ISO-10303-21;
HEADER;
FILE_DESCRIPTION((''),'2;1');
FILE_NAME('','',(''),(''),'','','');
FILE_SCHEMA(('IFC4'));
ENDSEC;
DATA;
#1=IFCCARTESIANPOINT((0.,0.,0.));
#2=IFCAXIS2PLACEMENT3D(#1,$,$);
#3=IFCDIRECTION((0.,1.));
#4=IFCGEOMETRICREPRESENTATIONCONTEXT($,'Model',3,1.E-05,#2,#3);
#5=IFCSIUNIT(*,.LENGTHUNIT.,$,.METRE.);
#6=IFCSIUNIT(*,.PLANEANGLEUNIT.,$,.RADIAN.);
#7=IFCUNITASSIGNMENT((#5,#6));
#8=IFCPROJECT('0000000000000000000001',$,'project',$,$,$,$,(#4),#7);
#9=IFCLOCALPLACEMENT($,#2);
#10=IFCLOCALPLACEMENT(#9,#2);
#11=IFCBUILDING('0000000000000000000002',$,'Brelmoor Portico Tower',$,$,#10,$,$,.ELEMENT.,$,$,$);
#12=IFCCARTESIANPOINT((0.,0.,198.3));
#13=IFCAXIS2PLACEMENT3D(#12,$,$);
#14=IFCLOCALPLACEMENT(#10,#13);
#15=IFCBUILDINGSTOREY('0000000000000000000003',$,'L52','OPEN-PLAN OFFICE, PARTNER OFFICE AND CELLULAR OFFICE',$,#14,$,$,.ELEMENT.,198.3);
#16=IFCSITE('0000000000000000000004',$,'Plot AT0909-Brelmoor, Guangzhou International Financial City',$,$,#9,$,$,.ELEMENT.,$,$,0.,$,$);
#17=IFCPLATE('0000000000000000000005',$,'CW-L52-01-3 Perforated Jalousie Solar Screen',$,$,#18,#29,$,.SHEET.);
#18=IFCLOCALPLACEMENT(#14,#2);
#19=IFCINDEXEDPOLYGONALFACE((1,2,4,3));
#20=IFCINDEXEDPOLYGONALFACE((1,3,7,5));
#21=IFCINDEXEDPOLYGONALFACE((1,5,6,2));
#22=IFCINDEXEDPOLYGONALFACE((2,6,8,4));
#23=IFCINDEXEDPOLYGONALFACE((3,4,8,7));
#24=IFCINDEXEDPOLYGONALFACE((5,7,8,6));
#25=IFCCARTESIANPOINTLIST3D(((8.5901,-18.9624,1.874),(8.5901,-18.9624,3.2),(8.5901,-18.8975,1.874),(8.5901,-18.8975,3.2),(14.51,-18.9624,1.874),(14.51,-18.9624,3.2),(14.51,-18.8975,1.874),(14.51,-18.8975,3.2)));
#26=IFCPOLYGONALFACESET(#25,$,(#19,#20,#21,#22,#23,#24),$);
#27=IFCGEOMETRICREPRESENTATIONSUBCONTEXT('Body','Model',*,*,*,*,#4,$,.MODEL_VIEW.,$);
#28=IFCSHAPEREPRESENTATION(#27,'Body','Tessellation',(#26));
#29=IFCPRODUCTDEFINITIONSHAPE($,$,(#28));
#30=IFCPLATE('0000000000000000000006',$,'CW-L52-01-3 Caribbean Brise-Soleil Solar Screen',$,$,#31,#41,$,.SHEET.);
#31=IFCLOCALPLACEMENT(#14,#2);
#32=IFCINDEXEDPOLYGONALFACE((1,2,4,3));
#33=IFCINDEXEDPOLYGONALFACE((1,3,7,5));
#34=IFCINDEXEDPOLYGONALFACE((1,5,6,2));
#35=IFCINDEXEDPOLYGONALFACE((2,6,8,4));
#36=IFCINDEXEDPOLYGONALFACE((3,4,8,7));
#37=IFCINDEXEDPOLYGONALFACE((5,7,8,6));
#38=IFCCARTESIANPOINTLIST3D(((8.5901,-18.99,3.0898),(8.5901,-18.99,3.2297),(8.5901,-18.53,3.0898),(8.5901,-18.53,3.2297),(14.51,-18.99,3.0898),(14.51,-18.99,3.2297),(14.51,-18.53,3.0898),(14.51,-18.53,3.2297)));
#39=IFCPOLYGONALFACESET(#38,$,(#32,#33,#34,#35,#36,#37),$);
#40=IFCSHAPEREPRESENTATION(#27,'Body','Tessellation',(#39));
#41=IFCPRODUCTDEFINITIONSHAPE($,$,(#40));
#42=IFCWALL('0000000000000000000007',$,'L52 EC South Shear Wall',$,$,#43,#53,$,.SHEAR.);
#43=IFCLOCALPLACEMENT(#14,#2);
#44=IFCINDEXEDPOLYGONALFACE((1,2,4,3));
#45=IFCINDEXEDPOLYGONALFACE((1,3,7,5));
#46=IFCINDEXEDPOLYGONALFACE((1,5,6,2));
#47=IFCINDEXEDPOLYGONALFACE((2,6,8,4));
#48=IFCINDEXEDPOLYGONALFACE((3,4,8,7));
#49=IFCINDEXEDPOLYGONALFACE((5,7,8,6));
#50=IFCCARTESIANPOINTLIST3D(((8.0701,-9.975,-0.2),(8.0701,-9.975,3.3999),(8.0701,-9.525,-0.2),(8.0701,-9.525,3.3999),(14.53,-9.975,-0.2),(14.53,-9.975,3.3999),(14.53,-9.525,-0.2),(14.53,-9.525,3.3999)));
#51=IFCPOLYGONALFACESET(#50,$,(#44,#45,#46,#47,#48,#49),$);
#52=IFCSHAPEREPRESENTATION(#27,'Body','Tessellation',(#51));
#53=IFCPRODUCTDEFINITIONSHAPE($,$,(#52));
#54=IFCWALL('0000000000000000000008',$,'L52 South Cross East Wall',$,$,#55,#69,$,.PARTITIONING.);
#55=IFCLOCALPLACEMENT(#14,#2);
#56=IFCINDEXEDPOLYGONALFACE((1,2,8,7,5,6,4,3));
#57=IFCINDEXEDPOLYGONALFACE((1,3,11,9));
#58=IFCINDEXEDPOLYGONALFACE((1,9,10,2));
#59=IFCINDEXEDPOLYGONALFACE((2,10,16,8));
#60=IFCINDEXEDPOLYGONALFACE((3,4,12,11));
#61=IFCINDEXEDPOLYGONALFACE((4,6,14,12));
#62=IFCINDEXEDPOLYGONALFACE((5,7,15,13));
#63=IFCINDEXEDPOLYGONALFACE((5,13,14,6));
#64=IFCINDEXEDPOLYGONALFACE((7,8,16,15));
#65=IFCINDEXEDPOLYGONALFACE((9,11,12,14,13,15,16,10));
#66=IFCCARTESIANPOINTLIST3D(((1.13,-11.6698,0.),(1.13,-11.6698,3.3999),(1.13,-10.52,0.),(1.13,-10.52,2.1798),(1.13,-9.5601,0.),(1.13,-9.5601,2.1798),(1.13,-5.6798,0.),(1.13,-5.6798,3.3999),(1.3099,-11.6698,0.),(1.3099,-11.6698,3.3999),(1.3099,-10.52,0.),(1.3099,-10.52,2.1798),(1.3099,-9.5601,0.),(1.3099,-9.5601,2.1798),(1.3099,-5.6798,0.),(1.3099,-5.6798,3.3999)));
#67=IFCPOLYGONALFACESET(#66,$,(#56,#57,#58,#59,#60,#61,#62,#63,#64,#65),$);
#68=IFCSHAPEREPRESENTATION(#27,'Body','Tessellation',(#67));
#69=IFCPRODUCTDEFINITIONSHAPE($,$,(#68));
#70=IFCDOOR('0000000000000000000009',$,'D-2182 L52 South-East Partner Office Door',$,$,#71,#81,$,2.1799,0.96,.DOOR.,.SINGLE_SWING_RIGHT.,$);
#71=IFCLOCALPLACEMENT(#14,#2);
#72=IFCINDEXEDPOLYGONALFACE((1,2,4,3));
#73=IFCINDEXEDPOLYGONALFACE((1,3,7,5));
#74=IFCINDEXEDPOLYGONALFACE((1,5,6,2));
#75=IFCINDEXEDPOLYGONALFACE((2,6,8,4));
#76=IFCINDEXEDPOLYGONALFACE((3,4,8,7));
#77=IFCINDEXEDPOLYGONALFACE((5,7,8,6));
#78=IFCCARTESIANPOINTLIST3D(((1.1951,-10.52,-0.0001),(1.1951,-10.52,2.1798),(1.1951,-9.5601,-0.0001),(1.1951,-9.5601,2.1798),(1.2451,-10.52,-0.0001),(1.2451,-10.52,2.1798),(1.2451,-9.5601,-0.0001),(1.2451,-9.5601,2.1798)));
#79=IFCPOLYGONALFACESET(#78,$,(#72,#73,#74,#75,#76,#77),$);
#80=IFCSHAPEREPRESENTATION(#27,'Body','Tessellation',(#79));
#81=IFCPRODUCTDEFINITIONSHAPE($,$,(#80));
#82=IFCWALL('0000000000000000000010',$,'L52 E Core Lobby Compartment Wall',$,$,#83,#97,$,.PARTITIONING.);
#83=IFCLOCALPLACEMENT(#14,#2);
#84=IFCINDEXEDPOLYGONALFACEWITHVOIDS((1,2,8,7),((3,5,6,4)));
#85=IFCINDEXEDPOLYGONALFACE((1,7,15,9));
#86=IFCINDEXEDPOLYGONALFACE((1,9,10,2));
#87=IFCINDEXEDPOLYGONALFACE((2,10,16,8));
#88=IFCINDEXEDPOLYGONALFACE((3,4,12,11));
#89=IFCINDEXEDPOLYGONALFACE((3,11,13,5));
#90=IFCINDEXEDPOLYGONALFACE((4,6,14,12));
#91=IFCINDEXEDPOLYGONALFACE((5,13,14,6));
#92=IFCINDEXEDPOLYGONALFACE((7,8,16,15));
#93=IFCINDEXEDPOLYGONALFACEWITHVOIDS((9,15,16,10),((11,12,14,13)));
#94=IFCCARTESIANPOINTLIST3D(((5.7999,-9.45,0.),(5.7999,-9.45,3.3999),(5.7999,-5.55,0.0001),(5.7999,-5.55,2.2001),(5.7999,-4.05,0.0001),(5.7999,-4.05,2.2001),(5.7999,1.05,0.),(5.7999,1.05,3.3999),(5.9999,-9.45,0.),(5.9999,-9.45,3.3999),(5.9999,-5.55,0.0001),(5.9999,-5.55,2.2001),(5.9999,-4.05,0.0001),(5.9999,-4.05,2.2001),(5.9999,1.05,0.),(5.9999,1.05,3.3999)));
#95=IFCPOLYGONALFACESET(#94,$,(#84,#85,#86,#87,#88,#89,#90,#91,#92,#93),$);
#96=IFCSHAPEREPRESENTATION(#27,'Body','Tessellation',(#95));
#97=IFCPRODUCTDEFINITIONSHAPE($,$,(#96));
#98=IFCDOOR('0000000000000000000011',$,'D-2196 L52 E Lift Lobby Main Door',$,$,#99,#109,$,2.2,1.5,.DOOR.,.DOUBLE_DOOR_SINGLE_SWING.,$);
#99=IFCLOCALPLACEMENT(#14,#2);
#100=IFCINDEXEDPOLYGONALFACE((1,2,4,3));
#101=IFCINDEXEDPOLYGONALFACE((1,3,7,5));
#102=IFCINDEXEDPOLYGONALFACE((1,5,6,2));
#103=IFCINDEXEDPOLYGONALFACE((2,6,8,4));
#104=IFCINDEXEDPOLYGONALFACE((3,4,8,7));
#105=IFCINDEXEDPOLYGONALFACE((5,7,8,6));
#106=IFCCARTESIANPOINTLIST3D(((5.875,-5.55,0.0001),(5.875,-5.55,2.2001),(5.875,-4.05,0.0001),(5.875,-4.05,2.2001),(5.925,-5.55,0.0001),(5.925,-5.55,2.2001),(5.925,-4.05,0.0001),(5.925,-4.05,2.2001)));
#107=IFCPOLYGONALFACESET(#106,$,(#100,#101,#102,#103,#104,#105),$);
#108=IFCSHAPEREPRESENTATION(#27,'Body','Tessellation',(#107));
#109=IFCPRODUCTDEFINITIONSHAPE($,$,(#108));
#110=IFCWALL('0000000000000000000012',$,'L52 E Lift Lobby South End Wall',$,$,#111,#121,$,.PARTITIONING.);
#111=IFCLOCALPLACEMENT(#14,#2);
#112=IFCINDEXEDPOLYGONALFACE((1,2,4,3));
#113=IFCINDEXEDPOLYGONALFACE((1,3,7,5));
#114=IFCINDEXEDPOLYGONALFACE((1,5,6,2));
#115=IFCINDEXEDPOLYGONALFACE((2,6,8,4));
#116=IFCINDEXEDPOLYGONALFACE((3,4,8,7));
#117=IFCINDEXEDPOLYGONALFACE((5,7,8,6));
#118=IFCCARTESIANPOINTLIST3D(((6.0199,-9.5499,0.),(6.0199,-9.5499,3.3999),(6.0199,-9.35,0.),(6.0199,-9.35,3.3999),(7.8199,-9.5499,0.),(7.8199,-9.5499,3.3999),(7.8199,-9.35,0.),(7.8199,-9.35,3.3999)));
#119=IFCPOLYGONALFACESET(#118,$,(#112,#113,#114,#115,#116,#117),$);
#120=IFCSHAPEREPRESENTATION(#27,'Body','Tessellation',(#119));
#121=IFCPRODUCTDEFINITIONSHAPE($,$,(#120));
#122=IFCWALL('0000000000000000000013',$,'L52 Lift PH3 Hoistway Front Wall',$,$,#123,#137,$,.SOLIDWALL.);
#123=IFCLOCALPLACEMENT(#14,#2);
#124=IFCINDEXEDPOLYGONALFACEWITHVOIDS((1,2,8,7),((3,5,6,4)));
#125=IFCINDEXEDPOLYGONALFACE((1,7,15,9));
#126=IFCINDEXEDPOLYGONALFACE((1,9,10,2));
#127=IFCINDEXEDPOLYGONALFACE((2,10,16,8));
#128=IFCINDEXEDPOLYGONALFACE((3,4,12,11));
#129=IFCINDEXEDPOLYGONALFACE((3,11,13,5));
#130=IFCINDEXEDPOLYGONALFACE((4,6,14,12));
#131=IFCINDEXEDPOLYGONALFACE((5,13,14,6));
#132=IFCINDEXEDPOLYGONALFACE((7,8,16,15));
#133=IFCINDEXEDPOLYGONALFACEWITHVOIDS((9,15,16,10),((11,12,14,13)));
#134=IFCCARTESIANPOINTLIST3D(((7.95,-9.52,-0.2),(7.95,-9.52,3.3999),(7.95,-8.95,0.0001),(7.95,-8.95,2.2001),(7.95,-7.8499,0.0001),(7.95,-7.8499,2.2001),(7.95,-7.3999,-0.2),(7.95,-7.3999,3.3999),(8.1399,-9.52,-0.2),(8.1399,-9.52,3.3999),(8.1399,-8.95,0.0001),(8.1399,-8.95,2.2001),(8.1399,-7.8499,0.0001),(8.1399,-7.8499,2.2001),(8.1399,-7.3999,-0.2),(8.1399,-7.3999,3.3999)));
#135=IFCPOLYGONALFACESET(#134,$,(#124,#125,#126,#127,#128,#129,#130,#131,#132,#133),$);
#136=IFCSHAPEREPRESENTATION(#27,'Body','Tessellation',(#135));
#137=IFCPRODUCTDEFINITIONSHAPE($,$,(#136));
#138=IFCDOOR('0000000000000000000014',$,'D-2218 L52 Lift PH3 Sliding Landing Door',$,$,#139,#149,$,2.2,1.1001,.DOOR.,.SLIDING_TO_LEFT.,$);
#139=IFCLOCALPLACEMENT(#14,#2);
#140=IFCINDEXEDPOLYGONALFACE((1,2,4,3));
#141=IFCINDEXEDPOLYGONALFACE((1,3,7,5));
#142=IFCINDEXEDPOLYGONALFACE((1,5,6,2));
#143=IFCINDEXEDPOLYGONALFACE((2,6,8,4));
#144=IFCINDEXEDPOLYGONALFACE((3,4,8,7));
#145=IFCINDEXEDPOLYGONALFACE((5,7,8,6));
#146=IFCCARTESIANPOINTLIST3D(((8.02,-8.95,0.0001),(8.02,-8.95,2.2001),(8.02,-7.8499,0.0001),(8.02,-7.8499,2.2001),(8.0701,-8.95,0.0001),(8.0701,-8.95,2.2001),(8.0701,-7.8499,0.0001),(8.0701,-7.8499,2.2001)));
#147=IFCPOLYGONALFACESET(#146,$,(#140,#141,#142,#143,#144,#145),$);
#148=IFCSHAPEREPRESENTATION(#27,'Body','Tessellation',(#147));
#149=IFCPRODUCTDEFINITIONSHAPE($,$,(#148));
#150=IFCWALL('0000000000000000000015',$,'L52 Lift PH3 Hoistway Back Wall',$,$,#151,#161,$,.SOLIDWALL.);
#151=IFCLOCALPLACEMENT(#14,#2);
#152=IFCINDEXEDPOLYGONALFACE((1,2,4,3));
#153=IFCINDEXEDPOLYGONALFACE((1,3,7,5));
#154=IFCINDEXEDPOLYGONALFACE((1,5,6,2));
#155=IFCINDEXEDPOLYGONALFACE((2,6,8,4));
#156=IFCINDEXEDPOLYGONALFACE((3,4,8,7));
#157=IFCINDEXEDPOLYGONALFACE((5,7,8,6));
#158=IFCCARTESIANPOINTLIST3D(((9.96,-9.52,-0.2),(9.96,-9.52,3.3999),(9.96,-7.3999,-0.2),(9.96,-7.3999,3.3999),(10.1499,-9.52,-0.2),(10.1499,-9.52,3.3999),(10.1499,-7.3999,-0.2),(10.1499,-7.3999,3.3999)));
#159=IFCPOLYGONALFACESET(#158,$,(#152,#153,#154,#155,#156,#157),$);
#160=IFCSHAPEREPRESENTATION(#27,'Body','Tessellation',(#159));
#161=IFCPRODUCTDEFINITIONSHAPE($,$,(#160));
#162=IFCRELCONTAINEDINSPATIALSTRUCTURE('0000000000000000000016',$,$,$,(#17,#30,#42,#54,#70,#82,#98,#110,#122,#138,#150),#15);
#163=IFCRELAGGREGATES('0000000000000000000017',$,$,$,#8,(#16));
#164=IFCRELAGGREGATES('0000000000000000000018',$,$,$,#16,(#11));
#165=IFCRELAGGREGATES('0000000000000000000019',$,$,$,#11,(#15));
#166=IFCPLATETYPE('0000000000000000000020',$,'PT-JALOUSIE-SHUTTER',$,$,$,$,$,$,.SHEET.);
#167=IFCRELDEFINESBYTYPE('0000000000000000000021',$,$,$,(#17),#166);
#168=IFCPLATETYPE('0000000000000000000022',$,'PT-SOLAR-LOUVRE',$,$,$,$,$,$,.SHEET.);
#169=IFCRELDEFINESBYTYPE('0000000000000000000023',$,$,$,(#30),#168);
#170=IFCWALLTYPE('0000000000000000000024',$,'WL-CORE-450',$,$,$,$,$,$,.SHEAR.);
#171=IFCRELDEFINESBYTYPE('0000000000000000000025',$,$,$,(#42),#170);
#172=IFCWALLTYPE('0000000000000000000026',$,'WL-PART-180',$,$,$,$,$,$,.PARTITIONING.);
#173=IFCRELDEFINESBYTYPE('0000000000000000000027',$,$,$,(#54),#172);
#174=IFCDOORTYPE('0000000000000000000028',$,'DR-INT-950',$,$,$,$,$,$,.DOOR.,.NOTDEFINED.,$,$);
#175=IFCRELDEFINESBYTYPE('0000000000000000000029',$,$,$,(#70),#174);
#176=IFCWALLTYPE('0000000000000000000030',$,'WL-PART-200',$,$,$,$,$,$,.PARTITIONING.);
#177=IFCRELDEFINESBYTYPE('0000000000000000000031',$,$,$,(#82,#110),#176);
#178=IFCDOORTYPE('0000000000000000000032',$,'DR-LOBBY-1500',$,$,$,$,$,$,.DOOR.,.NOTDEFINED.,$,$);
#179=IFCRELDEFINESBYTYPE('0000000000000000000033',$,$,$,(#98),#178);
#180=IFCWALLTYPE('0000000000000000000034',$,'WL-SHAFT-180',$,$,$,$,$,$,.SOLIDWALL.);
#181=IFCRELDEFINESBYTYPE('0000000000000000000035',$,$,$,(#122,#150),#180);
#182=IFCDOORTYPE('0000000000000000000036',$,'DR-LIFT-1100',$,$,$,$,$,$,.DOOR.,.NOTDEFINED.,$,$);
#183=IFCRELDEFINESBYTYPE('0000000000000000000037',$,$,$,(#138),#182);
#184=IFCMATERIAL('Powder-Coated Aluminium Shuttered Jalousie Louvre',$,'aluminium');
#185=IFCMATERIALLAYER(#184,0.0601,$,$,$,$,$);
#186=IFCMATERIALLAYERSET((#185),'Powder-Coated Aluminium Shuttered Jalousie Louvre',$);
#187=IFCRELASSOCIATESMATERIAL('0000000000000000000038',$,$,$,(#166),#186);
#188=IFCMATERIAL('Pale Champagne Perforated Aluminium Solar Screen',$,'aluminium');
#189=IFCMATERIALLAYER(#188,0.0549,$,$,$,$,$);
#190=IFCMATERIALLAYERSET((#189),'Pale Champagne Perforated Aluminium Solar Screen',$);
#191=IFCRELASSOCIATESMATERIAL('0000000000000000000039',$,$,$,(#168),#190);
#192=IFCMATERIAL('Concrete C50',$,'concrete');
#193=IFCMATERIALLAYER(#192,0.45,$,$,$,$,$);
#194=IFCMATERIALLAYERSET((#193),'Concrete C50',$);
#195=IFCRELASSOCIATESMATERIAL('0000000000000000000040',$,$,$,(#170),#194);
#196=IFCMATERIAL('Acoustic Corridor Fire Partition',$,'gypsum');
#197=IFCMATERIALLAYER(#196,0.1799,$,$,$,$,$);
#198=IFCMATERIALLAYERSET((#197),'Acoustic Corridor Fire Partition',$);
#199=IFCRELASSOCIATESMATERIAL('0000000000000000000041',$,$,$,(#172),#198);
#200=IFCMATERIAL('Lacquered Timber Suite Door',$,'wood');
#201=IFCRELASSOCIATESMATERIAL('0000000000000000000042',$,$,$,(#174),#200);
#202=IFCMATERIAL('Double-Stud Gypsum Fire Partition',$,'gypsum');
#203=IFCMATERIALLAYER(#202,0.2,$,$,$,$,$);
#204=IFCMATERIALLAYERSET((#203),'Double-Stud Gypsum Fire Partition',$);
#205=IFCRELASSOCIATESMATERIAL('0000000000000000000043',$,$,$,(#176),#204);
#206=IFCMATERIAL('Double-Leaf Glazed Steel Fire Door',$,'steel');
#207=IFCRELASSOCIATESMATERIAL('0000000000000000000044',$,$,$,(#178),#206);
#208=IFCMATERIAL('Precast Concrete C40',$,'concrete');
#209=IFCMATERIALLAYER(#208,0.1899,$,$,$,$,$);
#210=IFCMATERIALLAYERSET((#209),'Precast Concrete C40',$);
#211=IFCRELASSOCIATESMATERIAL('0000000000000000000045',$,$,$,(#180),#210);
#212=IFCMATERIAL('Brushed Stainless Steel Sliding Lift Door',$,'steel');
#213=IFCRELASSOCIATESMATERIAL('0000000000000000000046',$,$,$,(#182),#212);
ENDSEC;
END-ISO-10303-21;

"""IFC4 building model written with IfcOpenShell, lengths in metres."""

from ifc_helpers import new_model, si_unit, direction, frame, frame_2d, origin, origin_2d, place, context, subcontext, project, spatial, rectangle, extrude, material, layer, layer_set, type_object, element, fill, save


model = new_model("IFC4")

# Units and contexts
model_context = context("Model", 3, precision=1e-05, world=origin(), true_north=direction((0.0, 1.0)))
body_context = subcontext(model_context, "Body", "Model", "MODEL_VIEW")
ifc_project = project(units=[si_unit("LENGTHUNIT", "METRE"), si_unit("PLANEANGLEUNIT", "RADIAN")], contexts=[model_context])

# Site, building, storey
site_placement = place(None, origin())
site = spatial("IfcSite", under=ifc_project, at=site_placement, Name="Plot AT0909-Brelmoor, Guangzhou International Financial City", CompositionType="ELEMENT", RefElevation=0.0)
building_placement = place(site_placement, origin())
building = spatial("IfcBuilding", under=site, at=building_placement, Name="Brelmoor Portico Tower", CompositionType="ELEMENT")
storey_placement = place(building_placement, frame((0.0, 0.0, 198.3)))
storey = spatial("IfcBuildingStorey", under=building, at=storey_placement, Name="L52", Description="OPEN-PLAN OFFICE, PARTNER OFFICE AND CELLULAR OFFICE", CompositionType="ELEMENT", Elevation=198.3)

# Plates
ifc_material_1 = material(Name="Powder-Coated Aluminium Shuttered Jalousie Louvre", Category="aluminium")
ifc_layer_1 = layer(ifc_material_1, 0.0601)
ifc_layer_set_1 = layer_set([ifc_layer_1], Name="Powder-Coated Aluminium Shuttered Jalousie Louvre")
plate_type_1 = type_object("IfcPlateType", Name="PT-JALOUSIE-SHUTTER", PredefinedType="SHEET", material=ifc_layer_set_1)
plate_1_placement = place(storey_placement, frame((11.55, -18.9299, 1.874), z_axis=(0.0, 0.0, 1.0), x_axis=(1.0, 0.0, 0.0)))
element("IfcPlate", 1, at=plate_1_placement, inside=storey, type_object=plate_type_1, Name="CW-L52-01-3 Perforated Jalousie Solar Screen", PredefinedType="SHEET", context=body_context, shape_type="SweptSolid", body=[
    extrude(rectangle(XDim=5.9199, YDim=0.0649, at=origin_2d()), origin(), (0.0, 0.0, 1.0), 1.3259),
])
ifc_material_2 = material(Name="Pale Champagne Perforated Aluminium Solar Screen", Category="aluminium")
ifc_layer_2 = layer(ifc_material_2, 0.0549)
ifc_layer_set_2 = layer_set([ifc_layer_2], Name="Pale Champagne Perforated Aluminium Solar Screen")
plate_type_2 = type_object("IfcPlateType", Name="PT-SOLAR-LOUVRE", PredefinedType="SHEET", material=ifc_layer_set_2)
plate_2_placement = place(storey_placement, frame((11.55, -18.76, 3.0898), z_axis=(0.0, 0.0, 1.0), x_axis=(1.0, 0.0, 0.0)))
element("IfcPlate", 2, at=plate_2_placement, inside=storey, type_object=plate_type_2, Name="CW-L52-01-3 Caribbean Brise-Soleil Solar Screen", PredefinedType="SHEET", context=body_context, shape_type="SweptSolid", body=[
    extrude(rectangle(XDim=5.9199, YDim=0.46, at=origin_2d()), origin(), (0.0, 0.0, 1.0), 0.1399),
])

# Wall
ifc_material_3 = material(Name="Concrete C50", Category="concrete")
ifc_layer_3 = layer(ifc_material_3, 0.45)
ifc_layer_set_3 = layer_set([ifc_layer_3], Name="Concrete C50")
wall_type_1 = type_object("IfcWallType", Name="WL-CORE-450", PredefinedType="SHEAR", material=ifc_layer_set_3)
wall_1_placement = place(storey_placement, frame((8.0701, -9.75, -0.2), z_axis=(0.0, 0.0, 1.0), x_axis=(1.0, 0.0, 0.0)))
element("IfcWall", 3, at=wall_1_placement, inside=storey, type_object=wall_type_1, Name="L52 EC South Shear Wall", PredefinedType="SHEAR", context=body_context, shape_type="SweptSolid", body=[
    extrude(rectangle(XDim=6.46, YDim=0.45, at=frame_2d((3.23, 0.0))), origin(), (0.0, 0.0, 1.0), 3.5999),
])

# Walls, openings, doors
ifc_material_4 = material(Name="Acoustic Corridor Fire Partition", Category="gypsum")
ifc_layer_4 = layer(ifc_material_4, 0.1799)
ifc_layer_set_4 = layer_set([ifc_layer_4], Name="Acoustic Corridor Fire Partition")
wall_type_2 = type_object("IfcWallType", Name="WL-PART-180", PredefinedType="PARTITIONING", material=ifc_layer_set_4)
wall_2_placement = place(storey_placement, frame((1.22, -11.6699, 0.0), z_axis=(0.0, 0.0, 1.0), x_axis=(0.0, 1.0, 0.0)))
wall_2 = element("IfcWall", 4, at=wall_2_placement, inside=storey, type_object=wall_type_2, Name="L52 South Cross East Wall", PredefinedType="PARTITIONING", context=body_context, shape_type="SweptSolid", body=[
    extrude(rectangle(XDim=5.99, YDim=0.1799, at=frame_2d((2.9951, 0.0))), origin(), (0.0, 0.0, 1.0), 3.3999),
])
opening_1_placement = place(wall_2_placement, frame((1.1499, 0.0, 0.0)))
opening_1 = element("IfcOpeningElement", 5, at=opening_1_placement, cuts=wall_2, PredefinedType="OPENING", context=body_context, shape_type="SweptSolid", body=[
    extrude(rectangle(XDim=0.96, YDim=2.1799, at=frame_2d((0.48, 1.0898))), frame((0.0, 0.0999, 0.0), z_axis=(0.0, -1.0, 0.0), x_axis=(1.0, 0.0, 0.0)), (0.0, 0.0, 1.0), 0.2),
])
ifc_material_5 = material(Name="Lacquered Timber Suite Door", Category="wood")
door_type_1 = type_object("IfcDoorType", Name="DR-INT-950", OperationType="NOTDEFINED", PredefinedType="DOOR", material=ifc_material_5)
door_1_placement = place(opening_1_placement, origin())
door_1 = element("IfcDoor", 6, at=door_1_placement, inside=storey, type_object=door_type_1, Name="D-2182 L52 South-East Partner Office Door", OperationType="SINGLE_SWING_RIGHT", OverallHeight=2.1799, OverallWidth=0.96, PredefinedType="DOOR", context=body_context, shape_type="SweptSolid", body=[
    extrude(rectangle(XDim=0.96, YDim=2.1799, at=frame_2d((0.48, 1.0898))), frame((0.0, 0.0249, 0.0), z_axis=(0.0, -1.0, 0.0), x_axis=(1.0, 0.0, 0.0)), (0.0, 0.0, 1.0), 0.05),
])
fill(opening_1, door_1)
ifc_material_6 = material(Name="Double-Stud Gypsum Fire Partition", Category="gypsum")
ifc_layer_5 = layer(ifc_material_6, 0.2)
ifc_layer_set_5 = layer_set([ifc_layer_5], Name="Double-Stud Gypsum Fire Partition")
wall_type_3 = type_object("IfcWallType", Name="WL-PART-200", PredefinedType="PARTITIONING", material=ifc_layer_set_5)
wall_3_placement = place(storey_placement, frame((5.8999, -9.45, 0.0), z_axis=(0.0, 0.0, 1.0), x_axis=(0.0, 1.0, 0.0)))
wall_3 = element("IfcWall", 7, at=wall_3_placement, inside=storey, type_object=wall_type_3, Name="L52 E Core Lobby Compartment Wall", PredefinedType="PARTITIONING", context=body_context, shape_type="SweptSolid", body=[
    extrude(rectangle(XDim=10.5, YDim=0.2, at=frame_2d((5.25, 0.0))), origin(), (0.0, 0.0, 1.0), 3.3999),
])
opening_2_placement = place(wall_3_placement, frame((3.8999, 0.0, 0.0)))
opening_2 = element("IfcOpeningElement", 8, at=opening_2_placement, cuts=wall_3, PredefinedType="OPENING", context=body_context, shape_type="SweptSolid", body=[
    extrude(rectangle(XDim=1.5, YDim=2.2, at=frame_2d((0.75, 1.1001))), frame((0.0, 0.1099, 0.0), z_axis=(0.0, -1.0, 0.0), x_axis=(1.0, 0.0, 0.0)), (0.0, 0.0, 1.0), 0.22),
])
ifc_material_7 = material(Name="Double-Leaf Glazed Steel Fire Door", Category="steel")
door_type_2 = type_object("IfcDoorType", Name="DR-LOBBY-1500", OperationType="NOTDEFINED", PredefinedType="DOOR", material=ifc_material_7)
door_2_placement = place(opening_2_placement, origin())
door_2 = element("IfcDoor", 9, at=door_2_placement, inside=storey, type_object=door_type_2, Name="D-2196 L52 E Lift Lobby Main Door", OperationType="DOUBLE_DOOR_SINGLE_SWING", OverallHeight=2.2, OverallWidth=1.5, PredefinedType="DOOR", context=body_context, shape_type="SweptSolid", body=[
    extrude(rectangle(XDim=1.5, YDim=2.2, at=frame_2d((0.75, 1.1001))), frame((0.0, 0.0249, 0.0), z_axis=(0.0, -1.0, 0.0), x_axis=(1.0, 0.0, 0.0)), (0.0, 0.0, 1.0), 0.05),
])
fill(opening_2, door_2)

# Wall
wall_4_placement = place(storey_placement, frame((6.02, -9.45, 0.0), z_axis=(0.0, 0.0, 1.0), x_axis=(1.0, 0.0, 0.0)))
element("IfcWall", 10, at=wall_4_placement, inside=storey, type_object=wall_type_3, Name="L52 E Lift Lobby South End Wall", PredefinedType="PARTITIONING", context=body_context, shape_type="SweptSolid", body=[
    extrude(rectangle(XDim=1.8, YDim=0.2, at=frame_2d((0.8999, 0.0))), origin(), (0.0, 0.0, 1.0), 3.3999),
])

# Wall, opening, door
ifc_material_8 = material(Name="Precast Concrete C40", Category="concrete")
ifc_layer_6 = layer(ifc_material_8, 0.1899)
ifc_layer_set_6 = layer_set([ifc_layer_6], Name="Precast Concrete C40")
wall_type_4 = type_object("IfcWallType", Name="WL-SHAFT-180", PredefinedType="SOLIDWALL", material=ifc_layer_set_6)
wall_5_placement = place(storey_placement, frame((8.0449, -9.52, -0.2), z_axis=(0.0, 0.0, 1.0), x_axis=(0.0, 1.0, 0.0)))
wall_5 = element("IfcWall", 11, at=wall_5_placement, inside=storey, type_object=wall_type_4, Name="L52 Lift PH3 Hoistway Front Wall", PredefinedType="SOLIDWALL", context=body_context, shape_type="SweptSolid", body=[
    extrude(rectangle(XDim=2.1201, YDim=0.1899, at=frame_2d((1.0601, 0.0))), origin(), (0.0, 0.0, 1.0), 3.5999),
])
opening_3_placement = place(wall_5_placement, frame((0.5701, 0.0, 0.2)))
opening_3 = element("IfcOpeningElement", 12, at=opening_3_placement, cuts=wall_5, PredefinedType="OPENING", context=body_context, shape_type="SweptSolid", body=[
    extrude(rectangle(XDim=1.1001, YDim=2.2, at=frame_2d((0.55, 1.1001))), frame((0.0, 0.105, 0.0), z_axis=(0.0, -1.0, 0.0), x_axis=(1.0, 0.0, 0.0)), (0.0, 0.0, 1.0), 0.21),
])
ifc_material_9 = material(Name="Brushed Stainless Steel Sliding Lift Door", Category="steel")
door_type_3 = type_object("IfcDoorType", Name="DR-LIFT-1100", OperationType="NOTDEFINED", PredefinedType="DOOR", material=ifc_material_9)
door_3_placement = place(opening_3_placement, origin())
door_3 = element("IfcDoor", 13, at=door_3_placement, inside=storey, type_object=door_type_3, Name="D-2218 L52 Lift PH3 Sliding Landing Door", OperationType="SLIDING_TO_LEFT", OverallHeight=2.2, OverallWidth=1.1001, PredefinedType="DOOR", context=body_context, shape_type="SweptSolid", body=[
    extrude(rectangle(XDim=1.1001, YDim=2.2, at=frame_2d((0.55, 1.1001))), frame((0.0, 0.0249, 0.0), z_axis=(0.0, -1.0, 0.0), x_axis=(1.0, 0.0, 0.0)), (0.0, 0.0, 1.0), 0.05),
])
fill(opening_3, door_3)

# Wall
wall_6_placement = place(storey_placement, frame((10.0549, -9.52, -0.2), z_axis=(0.0, 0.0, 1.0), x_axis=(0.0, 1.0, 0.0)))
element("IfcWall", 14, at=wall_6_placement, inside=storey, type_object=wall_type_4, Name="L52 Lift PH3 Hoistway Back Wall", PredefinedType="SOLIDWALL", context=body_context, shape_type="SweptSolid", body=[
    extrude(rectangle(XDim=2.1201, YDim=0.1899, at=frame_2d((1.0601, 0.0))), origin(), (0.0, 0.0, 1.0), 3.5999),
])

save(model, "model.ifc")
